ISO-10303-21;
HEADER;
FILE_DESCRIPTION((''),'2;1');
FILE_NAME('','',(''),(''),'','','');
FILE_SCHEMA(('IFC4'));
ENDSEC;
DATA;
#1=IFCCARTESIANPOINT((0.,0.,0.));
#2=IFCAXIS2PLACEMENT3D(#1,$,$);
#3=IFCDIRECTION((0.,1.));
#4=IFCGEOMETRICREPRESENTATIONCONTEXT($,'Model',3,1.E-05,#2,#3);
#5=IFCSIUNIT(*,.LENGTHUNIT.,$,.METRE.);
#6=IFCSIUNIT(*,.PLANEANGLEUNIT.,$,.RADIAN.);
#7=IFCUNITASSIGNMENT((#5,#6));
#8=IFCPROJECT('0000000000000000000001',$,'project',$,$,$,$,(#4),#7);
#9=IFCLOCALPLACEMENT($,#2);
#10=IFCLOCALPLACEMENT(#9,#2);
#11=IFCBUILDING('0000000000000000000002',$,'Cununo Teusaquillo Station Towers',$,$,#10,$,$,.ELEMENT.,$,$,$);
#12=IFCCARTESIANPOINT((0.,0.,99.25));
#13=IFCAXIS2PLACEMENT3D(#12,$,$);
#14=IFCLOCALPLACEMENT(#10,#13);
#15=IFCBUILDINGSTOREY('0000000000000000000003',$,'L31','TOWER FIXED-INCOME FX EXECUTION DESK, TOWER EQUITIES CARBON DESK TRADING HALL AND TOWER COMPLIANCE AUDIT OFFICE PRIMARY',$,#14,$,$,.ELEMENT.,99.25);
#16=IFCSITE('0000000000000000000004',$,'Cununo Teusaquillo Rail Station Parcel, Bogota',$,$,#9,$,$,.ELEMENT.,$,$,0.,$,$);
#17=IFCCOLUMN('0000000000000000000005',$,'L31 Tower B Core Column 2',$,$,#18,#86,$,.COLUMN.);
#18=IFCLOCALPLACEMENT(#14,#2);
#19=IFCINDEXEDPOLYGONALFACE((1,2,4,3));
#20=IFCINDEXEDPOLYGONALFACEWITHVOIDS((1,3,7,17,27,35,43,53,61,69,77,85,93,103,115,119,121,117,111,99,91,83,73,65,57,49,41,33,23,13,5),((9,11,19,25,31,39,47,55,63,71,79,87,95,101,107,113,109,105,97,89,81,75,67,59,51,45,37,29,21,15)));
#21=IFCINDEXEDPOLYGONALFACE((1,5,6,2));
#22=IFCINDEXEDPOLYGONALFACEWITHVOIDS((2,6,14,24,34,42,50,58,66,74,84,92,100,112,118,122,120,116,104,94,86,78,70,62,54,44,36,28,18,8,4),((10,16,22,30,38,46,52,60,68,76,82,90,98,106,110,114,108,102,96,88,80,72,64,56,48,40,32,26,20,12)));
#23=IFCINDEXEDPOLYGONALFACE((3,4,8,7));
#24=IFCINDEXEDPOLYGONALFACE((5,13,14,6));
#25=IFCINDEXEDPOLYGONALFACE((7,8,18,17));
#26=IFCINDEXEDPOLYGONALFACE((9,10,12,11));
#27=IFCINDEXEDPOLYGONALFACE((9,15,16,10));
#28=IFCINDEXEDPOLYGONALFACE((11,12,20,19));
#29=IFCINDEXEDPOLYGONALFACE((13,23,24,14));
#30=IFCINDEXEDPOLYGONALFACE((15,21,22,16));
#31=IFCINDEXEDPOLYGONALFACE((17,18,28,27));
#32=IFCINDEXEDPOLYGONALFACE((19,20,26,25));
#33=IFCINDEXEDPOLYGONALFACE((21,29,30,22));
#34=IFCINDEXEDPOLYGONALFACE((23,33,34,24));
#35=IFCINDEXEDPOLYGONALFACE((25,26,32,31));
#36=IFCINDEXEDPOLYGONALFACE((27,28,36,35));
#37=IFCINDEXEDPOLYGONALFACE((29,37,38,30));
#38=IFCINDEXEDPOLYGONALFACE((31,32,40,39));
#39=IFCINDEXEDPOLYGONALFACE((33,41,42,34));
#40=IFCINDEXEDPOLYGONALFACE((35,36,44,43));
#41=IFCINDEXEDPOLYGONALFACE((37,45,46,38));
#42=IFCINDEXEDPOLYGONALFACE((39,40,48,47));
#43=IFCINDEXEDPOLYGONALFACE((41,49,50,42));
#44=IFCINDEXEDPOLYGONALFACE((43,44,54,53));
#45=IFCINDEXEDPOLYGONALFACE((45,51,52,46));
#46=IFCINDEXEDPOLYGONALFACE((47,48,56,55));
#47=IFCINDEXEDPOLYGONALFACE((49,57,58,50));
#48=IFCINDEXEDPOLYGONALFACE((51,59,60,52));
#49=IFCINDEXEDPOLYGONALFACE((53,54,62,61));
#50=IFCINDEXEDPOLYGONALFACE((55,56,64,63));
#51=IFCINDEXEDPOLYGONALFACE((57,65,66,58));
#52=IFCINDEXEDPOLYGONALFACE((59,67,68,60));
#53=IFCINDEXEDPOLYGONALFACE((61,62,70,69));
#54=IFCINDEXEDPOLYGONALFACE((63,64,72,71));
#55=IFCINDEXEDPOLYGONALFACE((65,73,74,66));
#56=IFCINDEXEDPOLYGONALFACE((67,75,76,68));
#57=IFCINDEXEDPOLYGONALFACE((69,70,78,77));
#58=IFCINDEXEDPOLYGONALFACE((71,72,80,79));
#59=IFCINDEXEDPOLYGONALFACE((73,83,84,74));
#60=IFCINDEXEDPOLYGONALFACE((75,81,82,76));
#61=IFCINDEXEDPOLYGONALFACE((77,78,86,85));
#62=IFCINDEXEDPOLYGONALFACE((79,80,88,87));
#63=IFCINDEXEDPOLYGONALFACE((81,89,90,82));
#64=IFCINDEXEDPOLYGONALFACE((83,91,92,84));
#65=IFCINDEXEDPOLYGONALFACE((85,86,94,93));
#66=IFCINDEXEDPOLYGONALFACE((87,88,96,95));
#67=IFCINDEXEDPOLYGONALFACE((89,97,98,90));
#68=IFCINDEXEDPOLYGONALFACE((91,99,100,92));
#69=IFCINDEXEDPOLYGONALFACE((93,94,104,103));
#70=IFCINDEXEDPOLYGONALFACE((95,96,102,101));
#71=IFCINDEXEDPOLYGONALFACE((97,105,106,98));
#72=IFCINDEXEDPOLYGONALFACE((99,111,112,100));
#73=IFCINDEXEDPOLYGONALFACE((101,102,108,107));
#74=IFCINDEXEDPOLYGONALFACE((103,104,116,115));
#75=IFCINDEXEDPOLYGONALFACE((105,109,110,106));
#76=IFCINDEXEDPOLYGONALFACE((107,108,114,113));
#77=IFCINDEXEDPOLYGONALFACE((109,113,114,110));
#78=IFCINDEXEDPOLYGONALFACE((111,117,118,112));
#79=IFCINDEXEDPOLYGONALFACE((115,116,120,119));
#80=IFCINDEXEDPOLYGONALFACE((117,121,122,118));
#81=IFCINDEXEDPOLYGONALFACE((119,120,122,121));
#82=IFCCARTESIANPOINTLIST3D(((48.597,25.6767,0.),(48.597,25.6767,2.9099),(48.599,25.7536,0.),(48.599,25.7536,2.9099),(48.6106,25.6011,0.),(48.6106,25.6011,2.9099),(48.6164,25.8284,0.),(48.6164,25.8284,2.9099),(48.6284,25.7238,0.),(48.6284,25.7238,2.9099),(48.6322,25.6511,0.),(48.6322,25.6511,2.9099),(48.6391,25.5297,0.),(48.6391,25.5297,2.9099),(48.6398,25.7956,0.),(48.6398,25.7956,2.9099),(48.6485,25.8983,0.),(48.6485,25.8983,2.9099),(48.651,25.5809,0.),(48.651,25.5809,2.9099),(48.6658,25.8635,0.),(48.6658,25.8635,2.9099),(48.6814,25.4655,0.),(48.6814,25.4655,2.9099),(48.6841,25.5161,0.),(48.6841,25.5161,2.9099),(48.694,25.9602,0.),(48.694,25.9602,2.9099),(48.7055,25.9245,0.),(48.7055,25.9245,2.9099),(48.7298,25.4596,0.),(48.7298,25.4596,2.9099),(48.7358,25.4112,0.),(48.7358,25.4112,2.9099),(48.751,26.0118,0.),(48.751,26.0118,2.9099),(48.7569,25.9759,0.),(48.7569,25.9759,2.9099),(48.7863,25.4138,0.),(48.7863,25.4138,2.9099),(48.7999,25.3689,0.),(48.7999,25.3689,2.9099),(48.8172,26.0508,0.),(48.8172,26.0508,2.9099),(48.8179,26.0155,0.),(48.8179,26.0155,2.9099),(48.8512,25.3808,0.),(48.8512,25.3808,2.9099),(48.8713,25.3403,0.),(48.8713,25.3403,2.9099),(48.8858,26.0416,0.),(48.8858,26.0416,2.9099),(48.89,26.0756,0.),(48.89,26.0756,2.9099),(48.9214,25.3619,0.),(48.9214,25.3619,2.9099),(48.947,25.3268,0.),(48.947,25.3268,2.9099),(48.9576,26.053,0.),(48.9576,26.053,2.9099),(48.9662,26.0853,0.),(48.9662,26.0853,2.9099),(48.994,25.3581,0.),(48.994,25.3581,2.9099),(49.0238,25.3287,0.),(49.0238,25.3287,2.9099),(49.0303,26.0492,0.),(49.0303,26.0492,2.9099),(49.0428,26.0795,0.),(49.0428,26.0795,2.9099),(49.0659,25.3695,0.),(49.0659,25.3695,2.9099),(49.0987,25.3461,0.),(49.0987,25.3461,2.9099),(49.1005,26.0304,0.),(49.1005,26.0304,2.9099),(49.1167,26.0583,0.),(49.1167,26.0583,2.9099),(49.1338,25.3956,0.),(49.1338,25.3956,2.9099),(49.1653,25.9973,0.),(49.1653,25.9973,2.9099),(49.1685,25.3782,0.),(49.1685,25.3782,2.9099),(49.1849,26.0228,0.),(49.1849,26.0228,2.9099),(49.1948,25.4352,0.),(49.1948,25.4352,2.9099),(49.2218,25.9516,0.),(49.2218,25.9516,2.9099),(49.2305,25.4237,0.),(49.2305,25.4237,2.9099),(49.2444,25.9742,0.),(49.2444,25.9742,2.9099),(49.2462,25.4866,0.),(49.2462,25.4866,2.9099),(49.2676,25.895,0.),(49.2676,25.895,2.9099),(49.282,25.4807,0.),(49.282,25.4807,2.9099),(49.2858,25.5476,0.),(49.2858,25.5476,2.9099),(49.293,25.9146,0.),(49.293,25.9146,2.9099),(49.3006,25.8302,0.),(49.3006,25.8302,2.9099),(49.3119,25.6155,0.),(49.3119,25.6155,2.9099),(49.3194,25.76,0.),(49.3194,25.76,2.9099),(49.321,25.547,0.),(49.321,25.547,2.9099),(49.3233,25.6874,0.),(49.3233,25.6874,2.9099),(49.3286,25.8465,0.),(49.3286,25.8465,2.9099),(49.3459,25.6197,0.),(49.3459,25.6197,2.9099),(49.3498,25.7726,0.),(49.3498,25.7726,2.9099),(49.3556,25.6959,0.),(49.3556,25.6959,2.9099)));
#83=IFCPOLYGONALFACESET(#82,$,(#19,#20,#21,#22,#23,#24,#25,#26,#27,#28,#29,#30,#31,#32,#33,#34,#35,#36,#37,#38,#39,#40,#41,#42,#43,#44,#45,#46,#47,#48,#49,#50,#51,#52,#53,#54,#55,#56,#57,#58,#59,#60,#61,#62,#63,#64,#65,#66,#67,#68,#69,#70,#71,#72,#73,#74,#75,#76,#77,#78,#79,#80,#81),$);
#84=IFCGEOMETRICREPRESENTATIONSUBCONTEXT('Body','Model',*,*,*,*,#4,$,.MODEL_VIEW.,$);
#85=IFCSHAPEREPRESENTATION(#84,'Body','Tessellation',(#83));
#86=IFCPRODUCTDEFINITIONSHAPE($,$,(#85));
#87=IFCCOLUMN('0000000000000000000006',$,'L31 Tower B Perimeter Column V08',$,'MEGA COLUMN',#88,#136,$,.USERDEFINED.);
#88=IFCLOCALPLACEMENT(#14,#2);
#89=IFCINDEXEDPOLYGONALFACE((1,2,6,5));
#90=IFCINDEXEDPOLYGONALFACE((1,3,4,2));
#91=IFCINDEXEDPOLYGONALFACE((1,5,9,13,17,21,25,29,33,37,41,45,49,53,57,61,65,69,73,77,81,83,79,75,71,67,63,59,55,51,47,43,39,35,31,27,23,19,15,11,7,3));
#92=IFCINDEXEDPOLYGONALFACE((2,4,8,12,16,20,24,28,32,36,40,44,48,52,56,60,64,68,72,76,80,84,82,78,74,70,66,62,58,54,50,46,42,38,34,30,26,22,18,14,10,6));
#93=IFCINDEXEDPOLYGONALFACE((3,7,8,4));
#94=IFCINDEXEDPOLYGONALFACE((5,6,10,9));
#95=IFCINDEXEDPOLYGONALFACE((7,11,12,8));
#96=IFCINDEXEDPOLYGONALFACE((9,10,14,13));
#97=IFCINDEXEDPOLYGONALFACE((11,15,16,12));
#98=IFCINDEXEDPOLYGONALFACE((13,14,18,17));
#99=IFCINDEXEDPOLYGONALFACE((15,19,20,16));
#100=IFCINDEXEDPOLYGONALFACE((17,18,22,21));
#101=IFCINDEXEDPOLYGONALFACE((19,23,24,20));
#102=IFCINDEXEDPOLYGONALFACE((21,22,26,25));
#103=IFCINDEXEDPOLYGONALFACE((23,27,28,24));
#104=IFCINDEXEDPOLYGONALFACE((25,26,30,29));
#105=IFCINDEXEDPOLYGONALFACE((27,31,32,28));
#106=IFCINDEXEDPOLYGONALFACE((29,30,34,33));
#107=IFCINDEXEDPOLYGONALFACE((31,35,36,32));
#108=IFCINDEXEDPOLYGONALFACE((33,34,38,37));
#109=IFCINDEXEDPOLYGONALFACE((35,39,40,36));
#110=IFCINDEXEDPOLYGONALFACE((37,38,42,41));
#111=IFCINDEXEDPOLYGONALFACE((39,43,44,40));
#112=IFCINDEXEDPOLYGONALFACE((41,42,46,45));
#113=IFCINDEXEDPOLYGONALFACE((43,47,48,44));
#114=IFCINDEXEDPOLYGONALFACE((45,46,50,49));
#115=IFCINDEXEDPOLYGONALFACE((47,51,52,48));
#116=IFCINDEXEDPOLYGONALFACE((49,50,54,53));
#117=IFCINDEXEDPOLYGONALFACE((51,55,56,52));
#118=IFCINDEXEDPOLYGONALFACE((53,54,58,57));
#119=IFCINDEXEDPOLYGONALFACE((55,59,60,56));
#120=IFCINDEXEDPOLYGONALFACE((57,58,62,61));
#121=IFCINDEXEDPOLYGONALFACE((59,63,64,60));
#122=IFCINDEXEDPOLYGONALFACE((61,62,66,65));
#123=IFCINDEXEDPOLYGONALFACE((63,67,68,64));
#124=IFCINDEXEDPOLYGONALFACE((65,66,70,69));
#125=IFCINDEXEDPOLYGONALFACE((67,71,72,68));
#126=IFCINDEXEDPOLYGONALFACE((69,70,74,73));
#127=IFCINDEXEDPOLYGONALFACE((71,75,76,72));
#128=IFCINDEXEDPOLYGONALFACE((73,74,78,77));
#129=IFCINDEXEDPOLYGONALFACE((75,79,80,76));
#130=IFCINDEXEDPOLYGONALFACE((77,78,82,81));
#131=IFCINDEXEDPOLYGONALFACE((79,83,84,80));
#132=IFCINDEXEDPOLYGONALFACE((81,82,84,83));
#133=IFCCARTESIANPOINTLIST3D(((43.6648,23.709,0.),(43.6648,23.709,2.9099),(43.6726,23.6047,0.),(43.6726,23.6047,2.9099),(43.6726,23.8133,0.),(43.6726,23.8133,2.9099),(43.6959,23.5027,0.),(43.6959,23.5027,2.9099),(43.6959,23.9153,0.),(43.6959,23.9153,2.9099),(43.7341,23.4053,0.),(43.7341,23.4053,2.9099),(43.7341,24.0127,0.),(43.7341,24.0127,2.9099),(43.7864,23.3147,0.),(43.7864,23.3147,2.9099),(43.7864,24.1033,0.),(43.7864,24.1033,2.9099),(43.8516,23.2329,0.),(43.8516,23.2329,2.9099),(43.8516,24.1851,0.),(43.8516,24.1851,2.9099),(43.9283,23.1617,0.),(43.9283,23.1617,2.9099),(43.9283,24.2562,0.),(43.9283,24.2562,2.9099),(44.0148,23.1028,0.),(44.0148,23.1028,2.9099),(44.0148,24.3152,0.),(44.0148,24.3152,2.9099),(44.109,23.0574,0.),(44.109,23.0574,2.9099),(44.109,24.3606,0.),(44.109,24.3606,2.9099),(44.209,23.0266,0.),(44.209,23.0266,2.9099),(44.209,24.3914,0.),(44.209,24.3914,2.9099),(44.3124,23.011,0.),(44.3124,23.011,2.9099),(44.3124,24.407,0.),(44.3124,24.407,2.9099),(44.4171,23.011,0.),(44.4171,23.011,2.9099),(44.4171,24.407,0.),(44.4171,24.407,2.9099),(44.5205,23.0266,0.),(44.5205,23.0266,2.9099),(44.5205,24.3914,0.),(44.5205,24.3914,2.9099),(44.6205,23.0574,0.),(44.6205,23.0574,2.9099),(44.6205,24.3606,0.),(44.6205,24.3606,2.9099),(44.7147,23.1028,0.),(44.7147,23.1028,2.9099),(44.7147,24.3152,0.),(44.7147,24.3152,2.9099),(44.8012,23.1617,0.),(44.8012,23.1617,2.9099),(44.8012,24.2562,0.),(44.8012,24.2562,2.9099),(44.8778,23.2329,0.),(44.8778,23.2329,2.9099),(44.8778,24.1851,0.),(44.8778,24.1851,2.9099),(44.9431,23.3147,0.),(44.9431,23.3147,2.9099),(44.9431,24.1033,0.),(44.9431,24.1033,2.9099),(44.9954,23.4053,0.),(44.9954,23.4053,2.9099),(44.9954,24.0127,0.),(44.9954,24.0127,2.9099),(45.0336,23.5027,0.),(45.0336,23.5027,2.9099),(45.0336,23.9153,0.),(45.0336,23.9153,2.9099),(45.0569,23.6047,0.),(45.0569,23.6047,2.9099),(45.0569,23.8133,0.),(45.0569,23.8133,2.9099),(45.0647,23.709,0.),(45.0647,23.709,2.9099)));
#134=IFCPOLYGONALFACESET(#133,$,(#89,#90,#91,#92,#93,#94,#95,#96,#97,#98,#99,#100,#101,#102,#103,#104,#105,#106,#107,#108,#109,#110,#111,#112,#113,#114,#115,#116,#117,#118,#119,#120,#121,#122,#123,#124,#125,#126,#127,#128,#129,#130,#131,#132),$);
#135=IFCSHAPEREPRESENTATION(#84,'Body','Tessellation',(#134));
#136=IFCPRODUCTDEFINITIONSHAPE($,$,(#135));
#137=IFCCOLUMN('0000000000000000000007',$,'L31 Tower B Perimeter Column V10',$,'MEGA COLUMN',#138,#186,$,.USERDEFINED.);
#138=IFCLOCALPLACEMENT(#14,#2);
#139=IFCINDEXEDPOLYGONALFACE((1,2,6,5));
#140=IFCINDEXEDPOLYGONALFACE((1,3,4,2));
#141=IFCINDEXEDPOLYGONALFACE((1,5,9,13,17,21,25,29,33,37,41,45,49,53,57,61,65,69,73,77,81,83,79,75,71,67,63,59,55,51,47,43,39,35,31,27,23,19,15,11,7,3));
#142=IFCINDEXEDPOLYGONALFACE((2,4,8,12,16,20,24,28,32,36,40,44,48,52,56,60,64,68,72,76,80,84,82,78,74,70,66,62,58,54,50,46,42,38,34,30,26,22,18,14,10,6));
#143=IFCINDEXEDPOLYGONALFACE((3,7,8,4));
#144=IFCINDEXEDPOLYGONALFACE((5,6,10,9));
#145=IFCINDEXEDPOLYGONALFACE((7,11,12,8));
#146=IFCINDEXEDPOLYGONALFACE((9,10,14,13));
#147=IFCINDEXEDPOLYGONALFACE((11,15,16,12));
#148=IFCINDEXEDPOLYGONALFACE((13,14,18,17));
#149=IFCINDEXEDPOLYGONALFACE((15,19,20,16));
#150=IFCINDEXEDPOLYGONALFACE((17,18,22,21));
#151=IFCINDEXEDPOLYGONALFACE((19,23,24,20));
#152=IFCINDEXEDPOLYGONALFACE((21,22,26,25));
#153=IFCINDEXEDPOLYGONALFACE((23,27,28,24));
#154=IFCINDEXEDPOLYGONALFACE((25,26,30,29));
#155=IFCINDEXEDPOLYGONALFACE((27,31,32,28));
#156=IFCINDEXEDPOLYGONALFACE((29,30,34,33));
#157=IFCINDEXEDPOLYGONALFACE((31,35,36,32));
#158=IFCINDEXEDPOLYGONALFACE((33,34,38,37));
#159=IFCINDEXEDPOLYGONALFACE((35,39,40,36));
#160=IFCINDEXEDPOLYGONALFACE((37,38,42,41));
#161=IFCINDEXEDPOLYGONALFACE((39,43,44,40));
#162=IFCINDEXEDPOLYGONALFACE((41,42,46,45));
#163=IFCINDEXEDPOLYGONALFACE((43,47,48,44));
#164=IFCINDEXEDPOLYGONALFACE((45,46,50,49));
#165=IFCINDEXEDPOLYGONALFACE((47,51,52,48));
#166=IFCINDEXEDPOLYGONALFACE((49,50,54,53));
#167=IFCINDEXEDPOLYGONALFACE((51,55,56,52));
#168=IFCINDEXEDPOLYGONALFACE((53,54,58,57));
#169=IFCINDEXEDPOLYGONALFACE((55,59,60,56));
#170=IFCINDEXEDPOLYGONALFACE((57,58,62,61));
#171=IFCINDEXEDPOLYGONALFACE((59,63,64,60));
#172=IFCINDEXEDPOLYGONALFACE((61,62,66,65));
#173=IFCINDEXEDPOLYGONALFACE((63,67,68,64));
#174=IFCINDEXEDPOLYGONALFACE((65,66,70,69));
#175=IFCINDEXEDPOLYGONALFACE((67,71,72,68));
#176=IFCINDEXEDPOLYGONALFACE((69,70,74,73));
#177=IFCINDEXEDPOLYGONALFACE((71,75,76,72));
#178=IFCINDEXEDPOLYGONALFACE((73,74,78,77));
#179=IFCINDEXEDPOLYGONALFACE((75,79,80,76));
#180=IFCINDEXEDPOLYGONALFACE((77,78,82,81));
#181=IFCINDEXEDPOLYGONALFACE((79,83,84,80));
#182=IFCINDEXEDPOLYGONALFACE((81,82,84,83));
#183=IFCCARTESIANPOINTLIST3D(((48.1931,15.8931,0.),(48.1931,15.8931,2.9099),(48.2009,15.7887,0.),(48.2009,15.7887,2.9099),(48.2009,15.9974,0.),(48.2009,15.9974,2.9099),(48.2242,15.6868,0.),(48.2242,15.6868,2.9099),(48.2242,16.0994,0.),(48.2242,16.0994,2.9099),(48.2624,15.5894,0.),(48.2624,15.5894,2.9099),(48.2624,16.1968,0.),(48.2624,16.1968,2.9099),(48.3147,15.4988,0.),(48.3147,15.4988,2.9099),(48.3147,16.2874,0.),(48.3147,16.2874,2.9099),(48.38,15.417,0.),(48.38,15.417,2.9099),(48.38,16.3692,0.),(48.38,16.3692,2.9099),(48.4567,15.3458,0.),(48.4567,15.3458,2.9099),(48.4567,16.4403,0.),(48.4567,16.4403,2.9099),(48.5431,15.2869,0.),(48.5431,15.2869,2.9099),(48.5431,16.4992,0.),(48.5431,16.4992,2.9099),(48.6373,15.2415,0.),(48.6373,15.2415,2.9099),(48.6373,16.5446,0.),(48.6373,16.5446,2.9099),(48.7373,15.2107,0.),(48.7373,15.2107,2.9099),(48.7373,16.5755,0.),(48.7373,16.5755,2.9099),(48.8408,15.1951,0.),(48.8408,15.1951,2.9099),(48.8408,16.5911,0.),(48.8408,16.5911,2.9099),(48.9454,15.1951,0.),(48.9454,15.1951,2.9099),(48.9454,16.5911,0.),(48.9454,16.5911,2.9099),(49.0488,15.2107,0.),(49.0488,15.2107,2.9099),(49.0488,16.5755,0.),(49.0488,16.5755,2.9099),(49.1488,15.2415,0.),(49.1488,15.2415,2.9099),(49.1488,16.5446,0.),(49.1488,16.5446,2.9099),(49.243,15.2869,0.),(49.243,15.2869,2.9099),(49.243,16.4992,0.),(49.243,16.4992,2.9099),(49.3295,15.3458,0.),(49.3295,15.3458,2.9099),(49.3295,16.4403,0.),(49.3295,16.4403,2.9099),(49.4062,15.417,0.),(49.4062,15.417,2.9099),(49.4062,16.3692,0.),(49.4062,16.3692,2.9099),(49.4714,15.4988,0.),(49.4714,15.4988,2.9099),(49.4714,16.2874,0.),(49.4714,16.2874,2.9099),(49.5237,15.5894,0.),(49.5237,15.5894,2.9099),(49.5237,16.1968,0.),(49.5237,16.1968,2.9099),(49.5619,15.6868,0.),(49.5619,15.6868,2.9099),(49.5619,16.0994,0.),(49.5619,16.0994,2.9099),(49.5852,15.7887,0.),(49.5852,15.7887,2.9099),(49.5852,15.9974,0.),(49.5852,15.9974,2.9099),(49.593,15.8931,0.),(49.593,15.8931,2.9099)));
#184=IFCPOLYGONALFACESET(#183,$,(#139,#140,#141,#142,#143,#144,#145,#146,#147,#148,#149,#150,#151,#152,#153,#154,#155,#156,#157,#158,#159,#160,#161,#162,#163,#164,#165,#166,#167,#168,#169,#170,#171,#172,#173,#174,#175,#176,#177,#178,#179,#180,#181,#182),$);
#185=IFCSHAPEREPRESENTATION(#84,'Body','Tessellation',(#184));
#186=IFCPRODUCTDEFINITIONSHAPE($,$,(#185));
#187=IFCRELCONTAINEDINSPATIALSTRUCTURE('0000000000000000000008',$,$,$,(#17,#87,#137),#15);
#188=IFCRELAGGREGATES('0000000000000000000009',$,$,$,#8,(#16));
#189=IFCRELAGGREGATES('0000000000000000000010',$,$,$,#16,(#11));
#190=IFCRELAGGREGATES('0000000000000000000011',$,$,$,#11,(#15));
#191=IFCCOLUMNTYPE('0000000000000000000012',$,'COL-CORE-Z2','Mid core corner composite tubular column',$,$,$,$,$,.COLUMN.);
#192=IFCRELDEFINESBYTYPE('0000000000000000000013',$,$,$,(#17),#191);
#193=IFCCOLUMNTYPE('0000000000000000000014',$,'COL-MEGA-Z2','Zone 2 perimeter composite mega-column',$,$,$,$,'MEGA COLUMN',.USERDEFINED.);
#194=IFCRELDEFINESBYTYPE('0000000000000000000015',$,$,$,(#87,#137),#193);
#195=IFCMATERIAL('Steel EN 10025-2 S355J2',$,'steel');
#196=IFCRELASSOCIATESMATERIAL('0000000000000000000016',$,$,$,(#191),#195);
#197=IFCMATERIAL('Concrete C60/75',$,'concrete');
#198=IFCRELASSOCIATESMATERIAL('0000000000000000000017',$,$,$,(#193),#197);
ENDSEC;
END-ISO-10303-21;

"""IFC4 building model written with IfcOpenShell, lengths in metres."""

from ifc_helpers import new_model, si_unit, direction, frame, origin, origin_2d, place, context, subcontext, project, spatial, circle, hollow_circle, extrude, material, material_profile, profile_set, type_object, element, save


model = new_model("IFC4")

# Units and contexts
model_context = context("Model", 3, precision=1e-05, world=origin(), true_north=direction((0.0, 1.0)))
body_context = subcontext(model_context, "Body", "Model", "MODEL_VIEW")
ifc_project = project(units=[si_unit("LENGTHUNIT", "METRE"), si_unit("PLANEANGLEUNIT", "RADIAN")], contexts=[model_context])

# Site, building, storey
site_placement = place(None, origin())
site = spatial("IfcSite", under=ifc_project, at=site_placement, Name="Cununo Teusaquillo Rail Station Parcel, Bogota", CompositionType="ELEMENT", RefElevation=0.0)
building_placement = place(site_placement, origin())
building = spatial("IfcBuilding", under=site, at=building_placement, Name="Cununo Teusaquillo Station Towers", CompositionType="ELEMENT")
storey_placement = place(building_placement, frame((0.0, 0.0, 99.25)))
storey = spatial("IfcBuildingStorey", under=building, at=storey_placement, Name="L31", Description="TOWER FIXED-INCOME FX EXECUTION DESK, TOWER EQUITIES CARBON DESK TRADING HALL AND TOWER COMPLIANCE AUDIT OFFICE PRIMARY", CompositionType="ELEMENT", Elevation=99.25)

# Columns
ifc_material_1 = material(Name="Steel EN 10025-2 S355J2", Category="steel")
ifc_material_profile_1 = material_profile(ifc_material_1, hollow_circle(Radius=0.3799, WallThickness=0.032, at=origin_2d()), Name="CHS 760x32")
ifc_profile_set_1 = profile_set([ifc_material_profile_1], Name="Steel EN 10025-2 S355J2")
column_type_1 = type_object("IfcColumnType", Name="COL-CORE-Z2", Description="Mid core corner composite tubular column", PredefinedType="COLUMN", material=ifc_profile_set_1)
column_placement = place(storey_placement, frame((48.9758, 25.7056, 0.0), z_axis=(0.0, 0.0, 1.0), x_axis=(0.707107, 0.707107, 0.0)))
element("IfcColumn", 1, at=column_placement, inside=storey, type_object=column_type_1, Name="L31 Tower B Core Column 2", PredefinedType="COLUMN", context=body_context, shape_type="SweptSolid", body=[
    extrude(hollow_circle(Radius=0.3799, WallThickness=0.032, at=origin_2d()), origin(), (0.0, 0.0, 1.0), 2.9099),
])
ifc_material_2 = material(Name="Concrete C60/75", Category="concrete")
ifc_material_profile_2 = material_profile(ifc_material_2, circle(Radius=0.7, at=origin_2d()), Name="RC-CIRC-1400")
ifc_profile_set_2 = profile_set([ifc_material_profile_2], Name="Concrete C60/75")
column_type_2 = type_object("IfcColumnType", Name="COL-MEGA-Z2", Description="Zone 2 perimeter composite mega-column", ElementType="MEGA COLUMN", PredefinedType="USERDEFINED", material=ifc_profile_set_2)
for number, where, z_axis, x_axis, name in (
    (2, (44.3647, 23.709, 0.0), (0.0, 0.0, 1.0), (1.0, 0.0, 0.0), "L31 Tower B Perimeter Column V08"),
    (3, (48.8931, 15.8931, 0.0), (0.0, 0.0, 1.0), (1.0, 0.0, 0.0), "L31 Tower B Perimeter Column V10"),
):
    element("IfcColumn", number, at=place(storey_placement, frame(where, z_axis=z_axis, x_axis=x_axis)), inside=storey, type_object=column_type_2, Name=name, ObjectType="MEGA COLUMN", PredefinedType="USERDEFINED", context=body_context, shape_type="SweptSolid", body=[
        extrude(circle(Radius=0.7, at=origin_2d()), origin(), (0.0, 0.0, 1.0), 2.9099),
    ])

save(model, "model.ifc")
